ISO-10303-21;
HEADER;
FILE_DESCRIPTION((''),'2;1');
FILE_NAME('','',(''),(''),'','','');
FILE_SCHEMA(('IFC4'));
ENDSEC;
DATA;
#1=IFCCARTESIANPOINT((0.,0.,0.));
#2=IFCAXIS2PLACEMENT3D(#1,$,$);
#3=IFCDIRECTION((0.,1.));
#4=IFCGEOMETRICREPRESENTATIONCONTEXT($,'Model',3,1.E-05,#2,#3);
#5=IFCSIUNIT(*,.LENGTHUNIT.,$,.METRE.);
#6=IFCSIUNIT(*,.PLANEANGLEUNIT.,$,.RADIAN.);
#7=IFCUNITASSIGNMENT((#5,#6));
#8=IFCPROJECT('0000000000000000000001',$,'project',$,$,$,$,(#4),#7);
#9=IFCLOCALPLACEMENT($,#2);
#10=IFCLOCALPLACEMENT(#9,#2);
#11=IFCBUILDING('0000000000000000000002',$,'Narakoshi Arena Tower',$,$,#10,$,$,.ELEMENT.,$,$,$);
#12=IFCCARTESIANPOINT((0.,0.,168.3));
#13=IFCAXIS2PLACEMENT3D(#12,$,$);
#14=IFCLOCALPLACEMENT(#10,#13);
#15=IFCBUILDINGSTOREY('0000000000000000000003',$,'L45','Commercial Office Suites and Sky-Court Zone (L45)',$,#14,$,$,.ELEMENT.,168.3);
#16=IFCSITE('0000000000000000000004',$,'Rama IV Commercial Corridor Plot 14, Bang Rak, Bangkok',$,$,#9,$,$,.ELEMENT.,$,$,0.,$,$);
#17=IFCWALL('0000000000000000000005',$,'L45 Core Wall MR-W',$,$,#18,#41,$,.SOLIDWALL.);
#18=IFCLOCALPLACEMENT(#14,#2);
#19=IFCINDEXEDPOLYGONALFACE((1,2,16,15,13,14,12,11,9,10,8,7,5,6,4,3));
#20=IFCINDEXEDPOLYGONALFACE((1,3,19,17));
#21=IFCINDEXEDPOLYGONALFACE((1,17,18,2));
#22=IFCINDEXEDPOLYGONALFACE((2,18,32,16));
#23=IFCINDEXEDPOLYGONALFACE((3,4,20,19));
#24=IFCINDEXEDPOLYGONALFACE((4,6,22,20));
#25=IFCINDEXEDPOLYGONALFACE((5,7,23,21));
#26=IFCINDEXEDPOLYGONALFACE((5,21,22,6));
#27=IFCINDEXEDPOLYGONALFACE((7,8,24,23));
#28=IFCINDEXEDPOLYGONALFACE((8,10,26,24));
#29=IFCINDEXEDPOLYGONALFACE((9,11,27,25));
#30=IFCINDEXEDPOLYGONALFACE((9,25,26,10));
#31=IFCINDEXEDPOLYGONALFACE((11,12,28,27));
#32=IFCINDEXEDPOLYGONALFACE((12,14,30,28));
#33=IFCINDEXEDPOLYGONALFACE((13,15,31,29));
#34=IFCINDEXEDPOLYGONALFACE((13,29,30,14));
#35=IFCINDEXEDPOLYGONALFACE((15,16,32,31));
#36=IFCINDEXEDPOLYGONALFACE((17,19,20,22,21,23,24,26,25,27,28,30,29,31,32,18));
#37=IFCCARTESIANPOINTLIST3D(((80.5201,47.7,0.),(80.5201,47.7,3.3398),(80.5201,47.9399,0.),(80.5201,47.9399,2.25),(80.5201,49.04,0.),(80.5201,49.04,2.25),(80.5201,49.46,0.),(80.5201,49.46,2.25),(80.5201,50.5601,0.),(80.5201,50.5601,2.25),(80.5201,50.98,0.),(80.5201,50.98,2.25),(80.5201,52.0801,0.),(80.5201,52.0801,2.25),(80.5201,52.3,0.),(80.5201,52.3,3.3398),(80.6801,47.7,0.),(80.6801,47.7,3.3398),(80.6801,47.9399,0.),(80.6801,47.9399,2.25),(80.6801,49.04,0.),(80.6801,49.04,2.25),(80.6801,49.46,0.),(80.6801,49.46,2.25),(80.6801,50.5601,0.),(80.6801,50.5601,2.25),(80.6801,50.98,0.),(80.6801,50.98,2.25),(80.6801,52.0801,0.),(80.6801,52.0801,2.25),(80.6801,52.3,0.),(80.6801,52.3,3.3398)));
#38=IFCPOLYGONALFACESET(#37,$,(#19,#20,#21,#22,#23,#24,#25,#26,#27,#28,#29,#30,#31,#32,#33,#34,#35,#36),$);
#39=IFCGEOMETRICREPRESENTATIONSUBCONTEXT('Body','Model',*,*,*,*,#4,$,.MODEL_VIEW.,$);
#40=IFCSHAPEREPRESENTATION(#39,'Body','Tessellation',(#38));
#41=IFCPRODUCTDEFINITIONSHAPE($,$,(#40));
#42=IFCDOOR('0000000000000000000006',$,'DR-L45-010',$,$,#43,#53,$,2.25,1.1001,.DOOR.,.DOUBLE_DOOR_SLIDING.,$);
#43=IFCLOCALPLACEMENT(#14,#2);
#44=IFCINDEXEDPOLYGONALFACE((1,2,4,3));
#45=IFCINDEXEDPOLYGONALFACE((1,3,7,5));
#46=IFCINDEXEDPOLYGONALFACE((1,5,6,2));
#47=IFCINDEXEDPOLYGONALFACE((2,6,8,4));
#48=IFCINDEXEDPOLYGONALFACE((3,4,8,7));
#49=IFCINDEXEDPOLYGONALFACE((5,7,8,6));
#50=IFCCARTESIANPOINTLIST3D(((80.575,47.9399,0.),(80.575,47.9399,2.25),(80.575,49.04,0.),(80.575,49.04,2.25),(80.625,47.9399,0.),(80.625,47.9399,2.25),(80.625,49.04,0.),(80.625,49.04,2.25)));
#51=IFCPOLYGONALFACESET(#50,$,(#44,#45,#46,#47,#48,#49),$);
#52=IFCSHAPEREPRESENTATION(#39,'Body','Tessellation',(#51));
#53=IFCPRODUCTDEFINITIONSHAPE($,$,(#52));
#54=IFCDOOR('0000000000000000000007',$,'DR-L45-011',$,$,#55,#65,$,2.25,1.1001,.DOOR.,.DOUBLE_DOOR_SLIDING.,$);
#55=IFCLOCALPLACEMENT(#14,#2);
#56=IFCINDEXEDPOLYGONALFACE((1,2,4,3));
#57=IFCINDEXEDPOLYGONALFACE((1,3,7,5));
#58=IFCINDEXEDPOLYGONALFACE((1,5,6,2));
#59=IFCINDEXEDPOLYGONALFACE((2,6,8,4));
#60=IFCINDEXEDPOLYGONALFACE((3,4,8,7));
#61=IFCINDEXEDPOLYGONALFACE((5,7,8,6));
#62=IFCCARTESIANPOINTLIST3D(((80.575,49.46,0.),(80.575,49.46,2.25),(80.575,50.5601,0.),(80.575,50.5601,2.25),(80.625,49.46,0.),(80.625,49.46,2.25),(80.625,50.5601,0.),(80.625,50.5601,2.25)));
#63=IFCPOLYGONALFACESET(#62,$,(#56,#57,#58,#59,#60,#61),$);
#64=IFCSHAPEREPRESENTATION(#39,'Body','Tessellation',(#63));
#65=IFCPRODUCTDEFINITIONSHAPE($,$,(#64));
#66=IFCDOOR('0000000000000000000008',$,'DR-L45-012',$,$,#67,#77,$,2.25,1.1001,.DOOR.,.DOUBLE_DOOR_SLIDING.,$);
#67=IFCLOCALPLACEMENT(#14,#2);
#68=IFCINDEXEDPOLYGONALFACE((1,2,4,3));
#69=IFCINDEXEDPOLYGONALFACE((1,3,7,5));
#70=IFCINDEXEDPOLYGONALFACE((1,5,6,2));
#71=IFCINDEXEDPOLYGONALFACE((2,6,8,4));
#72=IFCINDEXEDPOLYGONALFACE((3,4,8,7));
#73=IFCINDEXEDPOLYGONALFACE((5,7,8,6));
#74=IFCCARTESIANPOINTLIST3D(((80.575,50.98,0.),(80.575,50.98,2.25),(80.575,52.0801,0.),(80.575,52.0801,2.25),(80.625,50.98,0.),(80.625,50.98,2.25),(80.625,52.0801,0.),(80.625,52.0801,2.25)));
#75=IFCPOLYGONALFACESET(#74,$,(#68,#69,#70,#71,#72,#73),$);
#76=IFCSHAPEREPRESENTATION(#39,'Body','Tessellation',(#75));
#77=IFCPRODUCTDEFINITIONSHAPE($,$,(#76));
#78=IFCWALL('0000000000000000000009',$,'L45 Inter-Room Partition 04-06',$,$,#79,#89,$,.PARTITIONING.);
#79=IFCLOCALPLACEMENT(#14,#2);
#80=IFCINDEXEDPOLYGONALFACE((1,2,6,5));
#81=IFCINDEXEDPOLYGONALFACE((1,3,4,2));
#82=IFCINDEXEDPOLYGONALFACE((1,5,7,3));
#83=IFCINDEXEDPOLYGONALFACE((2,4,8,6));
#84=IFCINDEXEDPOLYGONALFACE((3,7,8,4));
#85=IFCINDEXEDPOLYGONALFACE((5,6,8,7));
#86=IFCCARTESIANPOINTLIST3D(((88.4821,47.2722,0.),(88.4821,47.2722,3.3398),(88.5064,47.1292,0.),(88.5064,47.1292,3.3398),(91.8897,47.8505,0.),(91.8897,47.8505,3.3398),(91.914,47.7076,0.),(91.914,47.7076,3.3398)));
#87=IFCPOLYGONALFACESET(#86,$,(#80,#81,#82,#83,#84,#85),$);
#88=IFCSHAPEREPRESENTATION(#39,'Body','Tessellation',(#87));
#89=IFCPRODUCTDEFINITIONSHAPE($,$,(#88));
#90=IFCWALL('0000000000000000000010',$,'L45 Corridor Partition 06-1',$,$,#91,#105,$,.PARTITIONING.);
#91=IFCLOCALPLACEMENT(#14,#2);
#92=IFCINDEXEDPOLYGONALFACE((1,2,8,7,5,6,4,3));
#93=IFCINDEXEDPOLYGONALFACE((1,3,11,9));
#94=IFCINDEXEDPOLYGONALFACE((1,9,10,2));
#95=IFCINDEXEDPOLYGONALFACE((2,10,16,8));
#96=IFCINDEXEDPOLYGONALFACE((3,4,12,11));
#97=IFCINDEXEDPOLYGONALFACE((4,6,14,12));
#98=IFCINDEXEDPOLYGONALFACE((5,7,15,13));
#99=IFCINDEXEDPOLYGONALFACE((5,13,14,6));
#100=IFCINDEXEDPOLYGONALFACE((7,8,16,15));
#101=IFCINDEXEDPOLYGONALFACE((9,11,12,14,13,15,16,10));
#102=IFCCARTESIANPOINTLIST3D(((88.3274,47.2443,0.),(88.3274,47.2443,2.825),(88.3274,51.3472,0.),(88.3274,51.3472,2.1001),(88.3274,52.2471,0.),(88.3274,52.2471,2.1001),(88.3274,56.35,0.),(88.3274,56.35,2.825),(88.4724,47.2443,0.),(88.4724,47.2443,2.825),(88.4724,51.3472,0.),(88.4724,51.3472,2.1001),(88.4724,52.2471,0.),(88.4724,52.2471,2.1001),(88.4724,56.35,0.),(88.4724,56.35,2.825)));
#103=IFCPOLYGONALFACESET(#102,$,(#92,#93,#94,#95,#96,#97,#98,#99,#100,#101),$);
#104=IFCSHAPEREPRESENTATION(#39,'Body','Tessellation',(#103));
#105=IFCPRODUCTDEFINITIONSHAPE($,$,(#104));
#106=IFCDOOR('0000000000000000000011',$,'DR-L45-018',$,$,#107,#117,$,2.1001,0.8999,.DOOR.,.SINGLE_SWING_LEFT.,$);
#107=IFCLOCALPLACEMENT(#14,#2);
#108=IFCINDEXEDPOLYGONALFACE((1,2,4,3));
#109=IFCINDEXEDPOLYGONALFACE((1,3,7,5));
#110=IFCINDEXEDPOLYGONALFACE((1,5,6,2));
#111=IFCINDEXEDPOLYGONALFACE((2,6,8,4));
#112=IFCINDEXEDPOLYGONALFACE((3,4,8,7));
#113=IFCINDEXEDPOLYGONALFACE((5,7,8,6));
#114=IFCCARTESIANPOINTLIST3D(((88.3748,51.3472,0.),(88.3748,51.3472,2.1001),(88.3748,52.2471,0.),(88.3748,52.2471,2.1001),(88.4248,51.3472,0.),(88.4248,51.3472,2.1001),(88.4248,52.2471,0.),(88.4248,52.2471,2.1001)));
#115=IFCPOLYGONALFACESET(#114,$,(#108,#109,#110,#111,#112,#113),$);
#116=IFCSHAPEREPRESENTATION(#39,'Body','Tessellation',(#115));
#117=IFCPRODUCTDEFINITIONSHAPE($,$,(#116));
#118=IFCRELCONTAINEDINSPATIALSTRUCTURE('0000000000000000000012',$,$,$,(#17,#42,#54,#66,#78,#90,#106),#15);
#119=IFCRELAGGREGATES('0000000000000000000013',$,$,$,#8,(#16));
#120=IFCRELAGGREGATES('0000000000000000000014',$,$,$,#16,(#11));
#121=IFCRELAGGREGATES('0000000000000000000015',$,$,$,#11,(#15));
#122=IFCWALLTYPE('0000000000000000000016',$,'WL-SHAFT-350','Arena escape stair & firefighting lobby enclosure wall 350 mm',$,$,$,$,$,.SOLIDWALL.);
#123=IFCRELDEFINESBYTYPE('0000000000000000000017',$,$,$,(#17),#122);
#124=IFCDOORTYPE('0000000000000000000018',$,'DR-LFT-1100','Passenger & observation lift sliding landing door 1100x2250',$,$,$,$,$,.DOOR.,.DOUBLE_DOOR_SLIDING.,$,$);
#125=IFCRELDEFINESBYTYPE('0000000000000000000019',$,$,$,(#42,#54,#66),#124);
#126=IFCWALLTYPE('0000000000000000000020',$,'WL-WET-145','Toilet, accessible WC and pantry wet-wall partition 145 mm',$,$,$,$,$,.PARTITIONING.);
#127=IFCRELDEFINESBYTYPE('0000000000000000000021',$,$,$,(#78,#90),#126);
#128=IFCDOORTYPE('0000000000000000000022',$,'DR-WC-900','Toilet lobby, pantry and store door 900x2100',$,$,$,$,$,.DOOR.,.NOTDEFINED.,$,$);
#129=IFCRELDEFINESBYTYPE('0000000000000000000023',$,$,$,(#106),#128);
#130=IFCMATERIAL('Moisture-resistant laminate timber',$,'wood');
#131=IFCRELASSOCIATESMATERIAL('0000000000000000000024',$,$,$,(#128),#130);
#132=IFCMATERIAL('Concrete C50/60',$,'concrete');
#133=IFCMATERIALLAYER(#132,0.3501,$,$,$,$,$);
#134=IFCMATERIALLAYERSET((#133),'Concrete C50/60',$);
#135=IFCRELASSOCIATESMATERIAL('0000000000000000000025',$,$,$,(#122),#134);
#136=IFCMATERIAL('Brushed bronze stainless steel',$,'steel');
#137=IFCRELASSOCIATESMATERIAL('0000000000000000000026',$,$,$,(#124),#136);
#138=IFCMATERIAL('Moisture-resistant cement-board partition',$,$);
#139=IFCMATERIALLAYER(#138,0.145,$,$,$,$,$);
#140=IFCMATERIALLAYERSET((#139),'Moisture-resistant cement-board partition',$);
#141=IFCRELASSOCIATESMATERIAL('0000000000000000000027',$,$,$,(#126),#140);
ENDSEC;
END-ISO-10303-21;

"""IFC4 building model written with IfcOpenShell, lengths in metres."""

from ifc_helpers import new_model, si_unit, direction, frame, frame_2d, origin, place, context, subcontext, project, spatial, rectangle, extrude, material, layer, layer_set, type_object, element, fill, save


model = new_model("IFC4")

# Units and contexts
model_context = context("Model", 3, precision=1e-05, world=origin(), true_north=direction((0.0, 1.0)))
body_context = subcontext(model_context, "Body", "Model", "MODEL_VIEW")
ifc_project = project(units=[si_unit("LENGTHUNIT", "METRE"), si_unit("PLANEANGLEUNIT", "RADIAN")], contexts=[model_context])

# Site, building, storey
site_placement = place(None, origin())
site = spatial("IfcSite", under=ifc_project, at=site_placement, Name="Rama IV Commercial Corridor Plot 14, Bang Rak, Bangkok", CompositionType="ELEMENT", RefElevation=0.0)
building_placement = place(site_placement, origin())
building = spatial("IfcBuilding", under=site, at=building_placement, Name="Narakoshi Arena Tower", CompositionType="ELEMENT")
storey_placement = place(building_placement, frame((0.0, 0.0, 168.3)))
storey = spatial("IfcBuildingStorey", under=building, at=storey_placement, Name="L45", Description="Commercial Office Suites and Sky-Court Zone (L45)", CompositionType="ELEMENT", Elevation=168.3)

# Shared definitions
ifc_material_1 = material(Name="Concrete C50/60", Category="concrete")

# Shared definitions
ifc_material_2 = material(Name="Moisture-resistant laminate timber", Category="wood")
door_type_1 = type_object("IfcDoorType", Name="DR-WC-900", Description="Toilet lobby, pantry and store door 900x2100", OperationType="NOTDEFINED", PredefinedType="DOOR", material=ifc_material_2)

# Shared definitions
ifc_layer_1 = layer(ifc_material_1, 0.3501)
ifc_layer_set_1 = layer_set([ifc_layer_1], Name="Concrete C50/60")
wall_type_1 = type_object("IfcWallType", Name="WL-SHAFT-350", Description="Arena escape stair & firefighting lobby enclosure wall 350 mm", PredefinedType="SOLIDWALL", material=ifc_layer_set_1)

# Wall, openings, doors
wall_1_placement = place(storey_placement, frame((80.6001, 47.7, 0.0), z_axis=(0.0, 0.0, 1.0), x_axis=(0.0, 1.0, 0.0)))
wall_1 = element("IfcWall", 1, at=wall_1_placement, inside=storey, type_object=wall_type_1, Name="L45 Core Wall MR-W", PredefinedType="SOLIDWALL", context=body_context, shape_type="SweptSolid", body=[
    extrude(rectangle(XDim=4.6001, YDim=0.1599, at=frame_2d((2.3, 0.0))), origin(), (0.0, 0.0, 1.0), 3.3398),
])
opening_1_placement = place(wall_1_placement, frame((0.24, 0.0, 0.0)))
opening_1 = element("IfcOpeningElement", 2, at=opening_1_placement, cuts=wall_1, PredefinedType="OPENING", context=body_context, shape_type="SweptSolid", body=[
    extrude(rectangle(XDim=1.1001, YDim=2.25, at=frame_2d((0.55, 1.125))), frame((0.0, 0.0898, 0.0), z_axis=(0.0, -1.0, 0.0), x_axis=(1.0, 0.0, 0.0)), (0.0, 0.0, 1.0), 0.1799),
])
opening_2_placement = place(wall_1_placement, frame((1.76, 0.0, 0.0)))
opening_2 = element("IfcOpeningElement", 3, at=opening_2_placement, cuts=wall_1, PredefinedType="OPENING", context=body_context, shape_type="SweptSolid", body=[
    extrude(rectangle(XDim=1.1001, YDim=2.25, at=frame_2d((0.55, 1.125))), frame((0.0, 0.0898, 0.0), z_axis=(0.0, -1.0, 0.0), x_axis=(1.0, 0.0, 0.0)), (0.0, 0.0, 1.0), 0.1799),
])
opening_3_placement = place(wall_1_placement, frame((3.28, 0.0, 0.0)))
opening_3 = element("IfcOpeningElement", 4, at=opening_3_placement, cuts=wall_1, PredefinedType="OPENING", context=body_context, shape_type="SweptSolid", body=[
    extrude(rectangle(XDim=1.1001, YDim=2.25, at=frame_2d((0.55, 1.125))), frame((0.0, 0.0898, 0.0), z_axis=(0.0, -1.0, 0.0), x_axis=(1.0, 0.0, 0.0)), (0.0, 0.0, 1.0), 0.1799),
])
ifc_material_3 = material(Name="Brushed bronze stainless steel", Category="steel")
door_type_2 = type_object("IfcDoorType", Name="DR-LFT-1100", Description="Passenger & observation lift sliding landing door 1100x2250", OperationType="DOUBLE_DOOR_SLIDING", PredefinedType="DOOR", material=ifc_material_3)
door_1_placement = place(opening_1_placement, frame((1.1001, 0.0, 0.0), z_axis=(0.0, 0.0, 1.0), x_axis=(-1.0, 0.0, 0.0)))
door_1 = element("IfcDoor", 5, at=door_1_placement, inside=storey, type_object=door_type_2, Name="DR-L45-010", OperationType="DOUBLE_DOOR_SLIDING", OverallHeight=2.25, OverallWidth=1.1001, PredefinedType="DOOR", context=body_context, shape_type="SweptSolid", body=[
    extrude(rectangle(XDim=1.1001, YDim=2.25, at=frame_2d((0.55, 1.125))), frame((0.0, 0.0249, 0.0), z_axis=(0.0, -1.0, 0.0), x_axis=(1.0, 0.0, 0.0)), (0.0, 0.0, 1.0), 0.05),
])
fill(opening_1, door_1)
door_2_placement = place(opening_2_placement, frame((1.1001, 0.0, 0.0), z_axis=(0.0, 0.0, 1.0), x_axis=(-1.0, 0.0, 0.0)))
door_2 = element("IfcDoor", 6, at=door_2_placement, inside=storey, type_object=door_type_2, Name="DR-L45-011", OperationType="DOUBLE_DOOR_SLIDING", OverallHeight=2.25, OverallWidth=1.1001, PredefinedType="DOOR", context=body_context, shape_type="SweptSolid", body=[
    extrude(rectangle(XDim=1.1001, YDim=2.25, at=frame_2d((0.55, 1.125))), frame((0.0, 0.0249, 0.0), z_axis=(0.0, -1.0, 0.0), x_axis=(1.0, 0.0, 0.0)), (0.0, 0.0, 1.0), 0.05),
])
fill(opening_2, door_2)
door_3_placement = place(opening_3_placement, frame((1.1001, 0.0, 0.0), z_axis=(0.0, 0.0, 1.0), x_axis=(-1.0, 0.0, 0.0)))
door_3 = element("IfcDoor", 7, at=door_3_placement, inside=storey, type_object=door_type_2, Name="DR-L45-012", OperationType="DOUBLE_DOOR_SLIDING", OverallHeight=2.25, OverallWidth=1.1001, PredefinedType="DOOR", context=body_context, shape_type="SweptSolid", body=[
    extrude(rectangle(XDim=1.1001, YDim=2.25, at=frame_2d((0.55, 1.125))), frame((0.0, 0.0249, 0.0), z_axis=(0.0, -1.0, 0.0), x_axis=(1.0, 0.0, 0.0)), (0.0, 0.0, 1.0), 0.05),
])
fill(opening_3, door_3)

# Wall
ifc_material_4 = material(Name="Moisture-resistant cement-board partition")
ifc_layer_2 = layer(ifc_material_4, 0.145)
ifc_layer_set_2 = layer_set([ifc_layer_2], Name="Moisture-resistant cement-board partition")
wall_type_2 = type_object("IfcWallType", Name="WL-WET-145", Description="Toilet, accessible WC and pantry wet-wall partition 145 mm", PredefinedType="PARTITIONING", material=ifc_layer_set_2)
wall_2_placement = place(storey_placement, frame((88.4944, 47.2007, 0.0), z_axis=(0.0, 0.0, 1.0), x_axis=(0.985899, 0.167342, 0.0)))
element("IfcWall", 8, at=wall_2_placement, inside=storey, type_object=wall_type_2, Name="L45 Inter-Room Partition 04-06", PredefinedType="PARTITIONING", context=body_context, shape_type="SweptSolid", body=[
    extrude(rectangle(XDim=3.4563, YDim=0.145, at=frame_2d((1.728, 0.0))), origin(), (0.0, 0.0, 1.0), 3.3398),
])

# Wall, opening, door
wall_3_placement = place(storey_placement, frame((88.3999, 47.2444, 0.0), z_axis=(0.0, 0.0, 1.0), x_axis=(0.0, 1.0, 0.0)))
wall_3 = element("IfcWall", 9, at=wall_3_placement, inside=storey, type_object=wall_type_2, Name="L45 Corridor Partition 06-1", PredefinedType="PARTITIONING", context=body_context, shape_type="SweptSolid", body=[
    extrude(rectangle(XDim=9.1057, YDim=0.145, at=frame_2d((4.5527, 0.0))), origin(), (0.0, 0.0, 1.0), 2.825),
])
opening_4_placement = place(wall_3_placement, frame((4.1028, 0.0, 0.0)))
opening_4 = element("IfcOpeningElement", 10, at=opening_4_placement, cuts=wall_3, PredefinedType="OPENING", context=body_context, shape_type="SweptSolid", body=[
    extrude(rectangle(XDim=0.8999, YDim=2.1001, at=frame_2d((0.45, 1.05))), frame((0.0, 0.0825, 0.0), z_axis=(0.0, -1.0, 0.0), x_axis=(1.0, 0.0, 0.0)), (0.0, 0.0, 1.0), 0.165),
])
door_4_placement = place(opening_4_placement, frame((0.8999, 0.0, 0.0), z_axis=(0.0, 0.0, 1.0), x_axis=(-1.0, 0.0, 0.0)))
door_4 = element("IfcDoor", 11, at=door_4_placement, inside=storey, type_object=door_type_1, Name="DR-L45-018", OperationType="SINGLE_SWING_LEFT", OverallHeight=2.1001, OverallWidth=0.8999, PredefinedType="DOOR", context=body_context, shape_type="SweptSolid", body=[
    extrude(rectangle(XDim=0.8999, YDim=2.1001, at=frame_2d((0.45, 1.05))), frame((0.0, 0.0249, 0.0), z_axis=(0.0, -1.0, 0.0), x_axis=(1.0, 0.0, 0.0)), (0.0, 0.0, 1.0), 0.05),
])
fill(opening_4, door_4)

save(model, "model.ifc")
